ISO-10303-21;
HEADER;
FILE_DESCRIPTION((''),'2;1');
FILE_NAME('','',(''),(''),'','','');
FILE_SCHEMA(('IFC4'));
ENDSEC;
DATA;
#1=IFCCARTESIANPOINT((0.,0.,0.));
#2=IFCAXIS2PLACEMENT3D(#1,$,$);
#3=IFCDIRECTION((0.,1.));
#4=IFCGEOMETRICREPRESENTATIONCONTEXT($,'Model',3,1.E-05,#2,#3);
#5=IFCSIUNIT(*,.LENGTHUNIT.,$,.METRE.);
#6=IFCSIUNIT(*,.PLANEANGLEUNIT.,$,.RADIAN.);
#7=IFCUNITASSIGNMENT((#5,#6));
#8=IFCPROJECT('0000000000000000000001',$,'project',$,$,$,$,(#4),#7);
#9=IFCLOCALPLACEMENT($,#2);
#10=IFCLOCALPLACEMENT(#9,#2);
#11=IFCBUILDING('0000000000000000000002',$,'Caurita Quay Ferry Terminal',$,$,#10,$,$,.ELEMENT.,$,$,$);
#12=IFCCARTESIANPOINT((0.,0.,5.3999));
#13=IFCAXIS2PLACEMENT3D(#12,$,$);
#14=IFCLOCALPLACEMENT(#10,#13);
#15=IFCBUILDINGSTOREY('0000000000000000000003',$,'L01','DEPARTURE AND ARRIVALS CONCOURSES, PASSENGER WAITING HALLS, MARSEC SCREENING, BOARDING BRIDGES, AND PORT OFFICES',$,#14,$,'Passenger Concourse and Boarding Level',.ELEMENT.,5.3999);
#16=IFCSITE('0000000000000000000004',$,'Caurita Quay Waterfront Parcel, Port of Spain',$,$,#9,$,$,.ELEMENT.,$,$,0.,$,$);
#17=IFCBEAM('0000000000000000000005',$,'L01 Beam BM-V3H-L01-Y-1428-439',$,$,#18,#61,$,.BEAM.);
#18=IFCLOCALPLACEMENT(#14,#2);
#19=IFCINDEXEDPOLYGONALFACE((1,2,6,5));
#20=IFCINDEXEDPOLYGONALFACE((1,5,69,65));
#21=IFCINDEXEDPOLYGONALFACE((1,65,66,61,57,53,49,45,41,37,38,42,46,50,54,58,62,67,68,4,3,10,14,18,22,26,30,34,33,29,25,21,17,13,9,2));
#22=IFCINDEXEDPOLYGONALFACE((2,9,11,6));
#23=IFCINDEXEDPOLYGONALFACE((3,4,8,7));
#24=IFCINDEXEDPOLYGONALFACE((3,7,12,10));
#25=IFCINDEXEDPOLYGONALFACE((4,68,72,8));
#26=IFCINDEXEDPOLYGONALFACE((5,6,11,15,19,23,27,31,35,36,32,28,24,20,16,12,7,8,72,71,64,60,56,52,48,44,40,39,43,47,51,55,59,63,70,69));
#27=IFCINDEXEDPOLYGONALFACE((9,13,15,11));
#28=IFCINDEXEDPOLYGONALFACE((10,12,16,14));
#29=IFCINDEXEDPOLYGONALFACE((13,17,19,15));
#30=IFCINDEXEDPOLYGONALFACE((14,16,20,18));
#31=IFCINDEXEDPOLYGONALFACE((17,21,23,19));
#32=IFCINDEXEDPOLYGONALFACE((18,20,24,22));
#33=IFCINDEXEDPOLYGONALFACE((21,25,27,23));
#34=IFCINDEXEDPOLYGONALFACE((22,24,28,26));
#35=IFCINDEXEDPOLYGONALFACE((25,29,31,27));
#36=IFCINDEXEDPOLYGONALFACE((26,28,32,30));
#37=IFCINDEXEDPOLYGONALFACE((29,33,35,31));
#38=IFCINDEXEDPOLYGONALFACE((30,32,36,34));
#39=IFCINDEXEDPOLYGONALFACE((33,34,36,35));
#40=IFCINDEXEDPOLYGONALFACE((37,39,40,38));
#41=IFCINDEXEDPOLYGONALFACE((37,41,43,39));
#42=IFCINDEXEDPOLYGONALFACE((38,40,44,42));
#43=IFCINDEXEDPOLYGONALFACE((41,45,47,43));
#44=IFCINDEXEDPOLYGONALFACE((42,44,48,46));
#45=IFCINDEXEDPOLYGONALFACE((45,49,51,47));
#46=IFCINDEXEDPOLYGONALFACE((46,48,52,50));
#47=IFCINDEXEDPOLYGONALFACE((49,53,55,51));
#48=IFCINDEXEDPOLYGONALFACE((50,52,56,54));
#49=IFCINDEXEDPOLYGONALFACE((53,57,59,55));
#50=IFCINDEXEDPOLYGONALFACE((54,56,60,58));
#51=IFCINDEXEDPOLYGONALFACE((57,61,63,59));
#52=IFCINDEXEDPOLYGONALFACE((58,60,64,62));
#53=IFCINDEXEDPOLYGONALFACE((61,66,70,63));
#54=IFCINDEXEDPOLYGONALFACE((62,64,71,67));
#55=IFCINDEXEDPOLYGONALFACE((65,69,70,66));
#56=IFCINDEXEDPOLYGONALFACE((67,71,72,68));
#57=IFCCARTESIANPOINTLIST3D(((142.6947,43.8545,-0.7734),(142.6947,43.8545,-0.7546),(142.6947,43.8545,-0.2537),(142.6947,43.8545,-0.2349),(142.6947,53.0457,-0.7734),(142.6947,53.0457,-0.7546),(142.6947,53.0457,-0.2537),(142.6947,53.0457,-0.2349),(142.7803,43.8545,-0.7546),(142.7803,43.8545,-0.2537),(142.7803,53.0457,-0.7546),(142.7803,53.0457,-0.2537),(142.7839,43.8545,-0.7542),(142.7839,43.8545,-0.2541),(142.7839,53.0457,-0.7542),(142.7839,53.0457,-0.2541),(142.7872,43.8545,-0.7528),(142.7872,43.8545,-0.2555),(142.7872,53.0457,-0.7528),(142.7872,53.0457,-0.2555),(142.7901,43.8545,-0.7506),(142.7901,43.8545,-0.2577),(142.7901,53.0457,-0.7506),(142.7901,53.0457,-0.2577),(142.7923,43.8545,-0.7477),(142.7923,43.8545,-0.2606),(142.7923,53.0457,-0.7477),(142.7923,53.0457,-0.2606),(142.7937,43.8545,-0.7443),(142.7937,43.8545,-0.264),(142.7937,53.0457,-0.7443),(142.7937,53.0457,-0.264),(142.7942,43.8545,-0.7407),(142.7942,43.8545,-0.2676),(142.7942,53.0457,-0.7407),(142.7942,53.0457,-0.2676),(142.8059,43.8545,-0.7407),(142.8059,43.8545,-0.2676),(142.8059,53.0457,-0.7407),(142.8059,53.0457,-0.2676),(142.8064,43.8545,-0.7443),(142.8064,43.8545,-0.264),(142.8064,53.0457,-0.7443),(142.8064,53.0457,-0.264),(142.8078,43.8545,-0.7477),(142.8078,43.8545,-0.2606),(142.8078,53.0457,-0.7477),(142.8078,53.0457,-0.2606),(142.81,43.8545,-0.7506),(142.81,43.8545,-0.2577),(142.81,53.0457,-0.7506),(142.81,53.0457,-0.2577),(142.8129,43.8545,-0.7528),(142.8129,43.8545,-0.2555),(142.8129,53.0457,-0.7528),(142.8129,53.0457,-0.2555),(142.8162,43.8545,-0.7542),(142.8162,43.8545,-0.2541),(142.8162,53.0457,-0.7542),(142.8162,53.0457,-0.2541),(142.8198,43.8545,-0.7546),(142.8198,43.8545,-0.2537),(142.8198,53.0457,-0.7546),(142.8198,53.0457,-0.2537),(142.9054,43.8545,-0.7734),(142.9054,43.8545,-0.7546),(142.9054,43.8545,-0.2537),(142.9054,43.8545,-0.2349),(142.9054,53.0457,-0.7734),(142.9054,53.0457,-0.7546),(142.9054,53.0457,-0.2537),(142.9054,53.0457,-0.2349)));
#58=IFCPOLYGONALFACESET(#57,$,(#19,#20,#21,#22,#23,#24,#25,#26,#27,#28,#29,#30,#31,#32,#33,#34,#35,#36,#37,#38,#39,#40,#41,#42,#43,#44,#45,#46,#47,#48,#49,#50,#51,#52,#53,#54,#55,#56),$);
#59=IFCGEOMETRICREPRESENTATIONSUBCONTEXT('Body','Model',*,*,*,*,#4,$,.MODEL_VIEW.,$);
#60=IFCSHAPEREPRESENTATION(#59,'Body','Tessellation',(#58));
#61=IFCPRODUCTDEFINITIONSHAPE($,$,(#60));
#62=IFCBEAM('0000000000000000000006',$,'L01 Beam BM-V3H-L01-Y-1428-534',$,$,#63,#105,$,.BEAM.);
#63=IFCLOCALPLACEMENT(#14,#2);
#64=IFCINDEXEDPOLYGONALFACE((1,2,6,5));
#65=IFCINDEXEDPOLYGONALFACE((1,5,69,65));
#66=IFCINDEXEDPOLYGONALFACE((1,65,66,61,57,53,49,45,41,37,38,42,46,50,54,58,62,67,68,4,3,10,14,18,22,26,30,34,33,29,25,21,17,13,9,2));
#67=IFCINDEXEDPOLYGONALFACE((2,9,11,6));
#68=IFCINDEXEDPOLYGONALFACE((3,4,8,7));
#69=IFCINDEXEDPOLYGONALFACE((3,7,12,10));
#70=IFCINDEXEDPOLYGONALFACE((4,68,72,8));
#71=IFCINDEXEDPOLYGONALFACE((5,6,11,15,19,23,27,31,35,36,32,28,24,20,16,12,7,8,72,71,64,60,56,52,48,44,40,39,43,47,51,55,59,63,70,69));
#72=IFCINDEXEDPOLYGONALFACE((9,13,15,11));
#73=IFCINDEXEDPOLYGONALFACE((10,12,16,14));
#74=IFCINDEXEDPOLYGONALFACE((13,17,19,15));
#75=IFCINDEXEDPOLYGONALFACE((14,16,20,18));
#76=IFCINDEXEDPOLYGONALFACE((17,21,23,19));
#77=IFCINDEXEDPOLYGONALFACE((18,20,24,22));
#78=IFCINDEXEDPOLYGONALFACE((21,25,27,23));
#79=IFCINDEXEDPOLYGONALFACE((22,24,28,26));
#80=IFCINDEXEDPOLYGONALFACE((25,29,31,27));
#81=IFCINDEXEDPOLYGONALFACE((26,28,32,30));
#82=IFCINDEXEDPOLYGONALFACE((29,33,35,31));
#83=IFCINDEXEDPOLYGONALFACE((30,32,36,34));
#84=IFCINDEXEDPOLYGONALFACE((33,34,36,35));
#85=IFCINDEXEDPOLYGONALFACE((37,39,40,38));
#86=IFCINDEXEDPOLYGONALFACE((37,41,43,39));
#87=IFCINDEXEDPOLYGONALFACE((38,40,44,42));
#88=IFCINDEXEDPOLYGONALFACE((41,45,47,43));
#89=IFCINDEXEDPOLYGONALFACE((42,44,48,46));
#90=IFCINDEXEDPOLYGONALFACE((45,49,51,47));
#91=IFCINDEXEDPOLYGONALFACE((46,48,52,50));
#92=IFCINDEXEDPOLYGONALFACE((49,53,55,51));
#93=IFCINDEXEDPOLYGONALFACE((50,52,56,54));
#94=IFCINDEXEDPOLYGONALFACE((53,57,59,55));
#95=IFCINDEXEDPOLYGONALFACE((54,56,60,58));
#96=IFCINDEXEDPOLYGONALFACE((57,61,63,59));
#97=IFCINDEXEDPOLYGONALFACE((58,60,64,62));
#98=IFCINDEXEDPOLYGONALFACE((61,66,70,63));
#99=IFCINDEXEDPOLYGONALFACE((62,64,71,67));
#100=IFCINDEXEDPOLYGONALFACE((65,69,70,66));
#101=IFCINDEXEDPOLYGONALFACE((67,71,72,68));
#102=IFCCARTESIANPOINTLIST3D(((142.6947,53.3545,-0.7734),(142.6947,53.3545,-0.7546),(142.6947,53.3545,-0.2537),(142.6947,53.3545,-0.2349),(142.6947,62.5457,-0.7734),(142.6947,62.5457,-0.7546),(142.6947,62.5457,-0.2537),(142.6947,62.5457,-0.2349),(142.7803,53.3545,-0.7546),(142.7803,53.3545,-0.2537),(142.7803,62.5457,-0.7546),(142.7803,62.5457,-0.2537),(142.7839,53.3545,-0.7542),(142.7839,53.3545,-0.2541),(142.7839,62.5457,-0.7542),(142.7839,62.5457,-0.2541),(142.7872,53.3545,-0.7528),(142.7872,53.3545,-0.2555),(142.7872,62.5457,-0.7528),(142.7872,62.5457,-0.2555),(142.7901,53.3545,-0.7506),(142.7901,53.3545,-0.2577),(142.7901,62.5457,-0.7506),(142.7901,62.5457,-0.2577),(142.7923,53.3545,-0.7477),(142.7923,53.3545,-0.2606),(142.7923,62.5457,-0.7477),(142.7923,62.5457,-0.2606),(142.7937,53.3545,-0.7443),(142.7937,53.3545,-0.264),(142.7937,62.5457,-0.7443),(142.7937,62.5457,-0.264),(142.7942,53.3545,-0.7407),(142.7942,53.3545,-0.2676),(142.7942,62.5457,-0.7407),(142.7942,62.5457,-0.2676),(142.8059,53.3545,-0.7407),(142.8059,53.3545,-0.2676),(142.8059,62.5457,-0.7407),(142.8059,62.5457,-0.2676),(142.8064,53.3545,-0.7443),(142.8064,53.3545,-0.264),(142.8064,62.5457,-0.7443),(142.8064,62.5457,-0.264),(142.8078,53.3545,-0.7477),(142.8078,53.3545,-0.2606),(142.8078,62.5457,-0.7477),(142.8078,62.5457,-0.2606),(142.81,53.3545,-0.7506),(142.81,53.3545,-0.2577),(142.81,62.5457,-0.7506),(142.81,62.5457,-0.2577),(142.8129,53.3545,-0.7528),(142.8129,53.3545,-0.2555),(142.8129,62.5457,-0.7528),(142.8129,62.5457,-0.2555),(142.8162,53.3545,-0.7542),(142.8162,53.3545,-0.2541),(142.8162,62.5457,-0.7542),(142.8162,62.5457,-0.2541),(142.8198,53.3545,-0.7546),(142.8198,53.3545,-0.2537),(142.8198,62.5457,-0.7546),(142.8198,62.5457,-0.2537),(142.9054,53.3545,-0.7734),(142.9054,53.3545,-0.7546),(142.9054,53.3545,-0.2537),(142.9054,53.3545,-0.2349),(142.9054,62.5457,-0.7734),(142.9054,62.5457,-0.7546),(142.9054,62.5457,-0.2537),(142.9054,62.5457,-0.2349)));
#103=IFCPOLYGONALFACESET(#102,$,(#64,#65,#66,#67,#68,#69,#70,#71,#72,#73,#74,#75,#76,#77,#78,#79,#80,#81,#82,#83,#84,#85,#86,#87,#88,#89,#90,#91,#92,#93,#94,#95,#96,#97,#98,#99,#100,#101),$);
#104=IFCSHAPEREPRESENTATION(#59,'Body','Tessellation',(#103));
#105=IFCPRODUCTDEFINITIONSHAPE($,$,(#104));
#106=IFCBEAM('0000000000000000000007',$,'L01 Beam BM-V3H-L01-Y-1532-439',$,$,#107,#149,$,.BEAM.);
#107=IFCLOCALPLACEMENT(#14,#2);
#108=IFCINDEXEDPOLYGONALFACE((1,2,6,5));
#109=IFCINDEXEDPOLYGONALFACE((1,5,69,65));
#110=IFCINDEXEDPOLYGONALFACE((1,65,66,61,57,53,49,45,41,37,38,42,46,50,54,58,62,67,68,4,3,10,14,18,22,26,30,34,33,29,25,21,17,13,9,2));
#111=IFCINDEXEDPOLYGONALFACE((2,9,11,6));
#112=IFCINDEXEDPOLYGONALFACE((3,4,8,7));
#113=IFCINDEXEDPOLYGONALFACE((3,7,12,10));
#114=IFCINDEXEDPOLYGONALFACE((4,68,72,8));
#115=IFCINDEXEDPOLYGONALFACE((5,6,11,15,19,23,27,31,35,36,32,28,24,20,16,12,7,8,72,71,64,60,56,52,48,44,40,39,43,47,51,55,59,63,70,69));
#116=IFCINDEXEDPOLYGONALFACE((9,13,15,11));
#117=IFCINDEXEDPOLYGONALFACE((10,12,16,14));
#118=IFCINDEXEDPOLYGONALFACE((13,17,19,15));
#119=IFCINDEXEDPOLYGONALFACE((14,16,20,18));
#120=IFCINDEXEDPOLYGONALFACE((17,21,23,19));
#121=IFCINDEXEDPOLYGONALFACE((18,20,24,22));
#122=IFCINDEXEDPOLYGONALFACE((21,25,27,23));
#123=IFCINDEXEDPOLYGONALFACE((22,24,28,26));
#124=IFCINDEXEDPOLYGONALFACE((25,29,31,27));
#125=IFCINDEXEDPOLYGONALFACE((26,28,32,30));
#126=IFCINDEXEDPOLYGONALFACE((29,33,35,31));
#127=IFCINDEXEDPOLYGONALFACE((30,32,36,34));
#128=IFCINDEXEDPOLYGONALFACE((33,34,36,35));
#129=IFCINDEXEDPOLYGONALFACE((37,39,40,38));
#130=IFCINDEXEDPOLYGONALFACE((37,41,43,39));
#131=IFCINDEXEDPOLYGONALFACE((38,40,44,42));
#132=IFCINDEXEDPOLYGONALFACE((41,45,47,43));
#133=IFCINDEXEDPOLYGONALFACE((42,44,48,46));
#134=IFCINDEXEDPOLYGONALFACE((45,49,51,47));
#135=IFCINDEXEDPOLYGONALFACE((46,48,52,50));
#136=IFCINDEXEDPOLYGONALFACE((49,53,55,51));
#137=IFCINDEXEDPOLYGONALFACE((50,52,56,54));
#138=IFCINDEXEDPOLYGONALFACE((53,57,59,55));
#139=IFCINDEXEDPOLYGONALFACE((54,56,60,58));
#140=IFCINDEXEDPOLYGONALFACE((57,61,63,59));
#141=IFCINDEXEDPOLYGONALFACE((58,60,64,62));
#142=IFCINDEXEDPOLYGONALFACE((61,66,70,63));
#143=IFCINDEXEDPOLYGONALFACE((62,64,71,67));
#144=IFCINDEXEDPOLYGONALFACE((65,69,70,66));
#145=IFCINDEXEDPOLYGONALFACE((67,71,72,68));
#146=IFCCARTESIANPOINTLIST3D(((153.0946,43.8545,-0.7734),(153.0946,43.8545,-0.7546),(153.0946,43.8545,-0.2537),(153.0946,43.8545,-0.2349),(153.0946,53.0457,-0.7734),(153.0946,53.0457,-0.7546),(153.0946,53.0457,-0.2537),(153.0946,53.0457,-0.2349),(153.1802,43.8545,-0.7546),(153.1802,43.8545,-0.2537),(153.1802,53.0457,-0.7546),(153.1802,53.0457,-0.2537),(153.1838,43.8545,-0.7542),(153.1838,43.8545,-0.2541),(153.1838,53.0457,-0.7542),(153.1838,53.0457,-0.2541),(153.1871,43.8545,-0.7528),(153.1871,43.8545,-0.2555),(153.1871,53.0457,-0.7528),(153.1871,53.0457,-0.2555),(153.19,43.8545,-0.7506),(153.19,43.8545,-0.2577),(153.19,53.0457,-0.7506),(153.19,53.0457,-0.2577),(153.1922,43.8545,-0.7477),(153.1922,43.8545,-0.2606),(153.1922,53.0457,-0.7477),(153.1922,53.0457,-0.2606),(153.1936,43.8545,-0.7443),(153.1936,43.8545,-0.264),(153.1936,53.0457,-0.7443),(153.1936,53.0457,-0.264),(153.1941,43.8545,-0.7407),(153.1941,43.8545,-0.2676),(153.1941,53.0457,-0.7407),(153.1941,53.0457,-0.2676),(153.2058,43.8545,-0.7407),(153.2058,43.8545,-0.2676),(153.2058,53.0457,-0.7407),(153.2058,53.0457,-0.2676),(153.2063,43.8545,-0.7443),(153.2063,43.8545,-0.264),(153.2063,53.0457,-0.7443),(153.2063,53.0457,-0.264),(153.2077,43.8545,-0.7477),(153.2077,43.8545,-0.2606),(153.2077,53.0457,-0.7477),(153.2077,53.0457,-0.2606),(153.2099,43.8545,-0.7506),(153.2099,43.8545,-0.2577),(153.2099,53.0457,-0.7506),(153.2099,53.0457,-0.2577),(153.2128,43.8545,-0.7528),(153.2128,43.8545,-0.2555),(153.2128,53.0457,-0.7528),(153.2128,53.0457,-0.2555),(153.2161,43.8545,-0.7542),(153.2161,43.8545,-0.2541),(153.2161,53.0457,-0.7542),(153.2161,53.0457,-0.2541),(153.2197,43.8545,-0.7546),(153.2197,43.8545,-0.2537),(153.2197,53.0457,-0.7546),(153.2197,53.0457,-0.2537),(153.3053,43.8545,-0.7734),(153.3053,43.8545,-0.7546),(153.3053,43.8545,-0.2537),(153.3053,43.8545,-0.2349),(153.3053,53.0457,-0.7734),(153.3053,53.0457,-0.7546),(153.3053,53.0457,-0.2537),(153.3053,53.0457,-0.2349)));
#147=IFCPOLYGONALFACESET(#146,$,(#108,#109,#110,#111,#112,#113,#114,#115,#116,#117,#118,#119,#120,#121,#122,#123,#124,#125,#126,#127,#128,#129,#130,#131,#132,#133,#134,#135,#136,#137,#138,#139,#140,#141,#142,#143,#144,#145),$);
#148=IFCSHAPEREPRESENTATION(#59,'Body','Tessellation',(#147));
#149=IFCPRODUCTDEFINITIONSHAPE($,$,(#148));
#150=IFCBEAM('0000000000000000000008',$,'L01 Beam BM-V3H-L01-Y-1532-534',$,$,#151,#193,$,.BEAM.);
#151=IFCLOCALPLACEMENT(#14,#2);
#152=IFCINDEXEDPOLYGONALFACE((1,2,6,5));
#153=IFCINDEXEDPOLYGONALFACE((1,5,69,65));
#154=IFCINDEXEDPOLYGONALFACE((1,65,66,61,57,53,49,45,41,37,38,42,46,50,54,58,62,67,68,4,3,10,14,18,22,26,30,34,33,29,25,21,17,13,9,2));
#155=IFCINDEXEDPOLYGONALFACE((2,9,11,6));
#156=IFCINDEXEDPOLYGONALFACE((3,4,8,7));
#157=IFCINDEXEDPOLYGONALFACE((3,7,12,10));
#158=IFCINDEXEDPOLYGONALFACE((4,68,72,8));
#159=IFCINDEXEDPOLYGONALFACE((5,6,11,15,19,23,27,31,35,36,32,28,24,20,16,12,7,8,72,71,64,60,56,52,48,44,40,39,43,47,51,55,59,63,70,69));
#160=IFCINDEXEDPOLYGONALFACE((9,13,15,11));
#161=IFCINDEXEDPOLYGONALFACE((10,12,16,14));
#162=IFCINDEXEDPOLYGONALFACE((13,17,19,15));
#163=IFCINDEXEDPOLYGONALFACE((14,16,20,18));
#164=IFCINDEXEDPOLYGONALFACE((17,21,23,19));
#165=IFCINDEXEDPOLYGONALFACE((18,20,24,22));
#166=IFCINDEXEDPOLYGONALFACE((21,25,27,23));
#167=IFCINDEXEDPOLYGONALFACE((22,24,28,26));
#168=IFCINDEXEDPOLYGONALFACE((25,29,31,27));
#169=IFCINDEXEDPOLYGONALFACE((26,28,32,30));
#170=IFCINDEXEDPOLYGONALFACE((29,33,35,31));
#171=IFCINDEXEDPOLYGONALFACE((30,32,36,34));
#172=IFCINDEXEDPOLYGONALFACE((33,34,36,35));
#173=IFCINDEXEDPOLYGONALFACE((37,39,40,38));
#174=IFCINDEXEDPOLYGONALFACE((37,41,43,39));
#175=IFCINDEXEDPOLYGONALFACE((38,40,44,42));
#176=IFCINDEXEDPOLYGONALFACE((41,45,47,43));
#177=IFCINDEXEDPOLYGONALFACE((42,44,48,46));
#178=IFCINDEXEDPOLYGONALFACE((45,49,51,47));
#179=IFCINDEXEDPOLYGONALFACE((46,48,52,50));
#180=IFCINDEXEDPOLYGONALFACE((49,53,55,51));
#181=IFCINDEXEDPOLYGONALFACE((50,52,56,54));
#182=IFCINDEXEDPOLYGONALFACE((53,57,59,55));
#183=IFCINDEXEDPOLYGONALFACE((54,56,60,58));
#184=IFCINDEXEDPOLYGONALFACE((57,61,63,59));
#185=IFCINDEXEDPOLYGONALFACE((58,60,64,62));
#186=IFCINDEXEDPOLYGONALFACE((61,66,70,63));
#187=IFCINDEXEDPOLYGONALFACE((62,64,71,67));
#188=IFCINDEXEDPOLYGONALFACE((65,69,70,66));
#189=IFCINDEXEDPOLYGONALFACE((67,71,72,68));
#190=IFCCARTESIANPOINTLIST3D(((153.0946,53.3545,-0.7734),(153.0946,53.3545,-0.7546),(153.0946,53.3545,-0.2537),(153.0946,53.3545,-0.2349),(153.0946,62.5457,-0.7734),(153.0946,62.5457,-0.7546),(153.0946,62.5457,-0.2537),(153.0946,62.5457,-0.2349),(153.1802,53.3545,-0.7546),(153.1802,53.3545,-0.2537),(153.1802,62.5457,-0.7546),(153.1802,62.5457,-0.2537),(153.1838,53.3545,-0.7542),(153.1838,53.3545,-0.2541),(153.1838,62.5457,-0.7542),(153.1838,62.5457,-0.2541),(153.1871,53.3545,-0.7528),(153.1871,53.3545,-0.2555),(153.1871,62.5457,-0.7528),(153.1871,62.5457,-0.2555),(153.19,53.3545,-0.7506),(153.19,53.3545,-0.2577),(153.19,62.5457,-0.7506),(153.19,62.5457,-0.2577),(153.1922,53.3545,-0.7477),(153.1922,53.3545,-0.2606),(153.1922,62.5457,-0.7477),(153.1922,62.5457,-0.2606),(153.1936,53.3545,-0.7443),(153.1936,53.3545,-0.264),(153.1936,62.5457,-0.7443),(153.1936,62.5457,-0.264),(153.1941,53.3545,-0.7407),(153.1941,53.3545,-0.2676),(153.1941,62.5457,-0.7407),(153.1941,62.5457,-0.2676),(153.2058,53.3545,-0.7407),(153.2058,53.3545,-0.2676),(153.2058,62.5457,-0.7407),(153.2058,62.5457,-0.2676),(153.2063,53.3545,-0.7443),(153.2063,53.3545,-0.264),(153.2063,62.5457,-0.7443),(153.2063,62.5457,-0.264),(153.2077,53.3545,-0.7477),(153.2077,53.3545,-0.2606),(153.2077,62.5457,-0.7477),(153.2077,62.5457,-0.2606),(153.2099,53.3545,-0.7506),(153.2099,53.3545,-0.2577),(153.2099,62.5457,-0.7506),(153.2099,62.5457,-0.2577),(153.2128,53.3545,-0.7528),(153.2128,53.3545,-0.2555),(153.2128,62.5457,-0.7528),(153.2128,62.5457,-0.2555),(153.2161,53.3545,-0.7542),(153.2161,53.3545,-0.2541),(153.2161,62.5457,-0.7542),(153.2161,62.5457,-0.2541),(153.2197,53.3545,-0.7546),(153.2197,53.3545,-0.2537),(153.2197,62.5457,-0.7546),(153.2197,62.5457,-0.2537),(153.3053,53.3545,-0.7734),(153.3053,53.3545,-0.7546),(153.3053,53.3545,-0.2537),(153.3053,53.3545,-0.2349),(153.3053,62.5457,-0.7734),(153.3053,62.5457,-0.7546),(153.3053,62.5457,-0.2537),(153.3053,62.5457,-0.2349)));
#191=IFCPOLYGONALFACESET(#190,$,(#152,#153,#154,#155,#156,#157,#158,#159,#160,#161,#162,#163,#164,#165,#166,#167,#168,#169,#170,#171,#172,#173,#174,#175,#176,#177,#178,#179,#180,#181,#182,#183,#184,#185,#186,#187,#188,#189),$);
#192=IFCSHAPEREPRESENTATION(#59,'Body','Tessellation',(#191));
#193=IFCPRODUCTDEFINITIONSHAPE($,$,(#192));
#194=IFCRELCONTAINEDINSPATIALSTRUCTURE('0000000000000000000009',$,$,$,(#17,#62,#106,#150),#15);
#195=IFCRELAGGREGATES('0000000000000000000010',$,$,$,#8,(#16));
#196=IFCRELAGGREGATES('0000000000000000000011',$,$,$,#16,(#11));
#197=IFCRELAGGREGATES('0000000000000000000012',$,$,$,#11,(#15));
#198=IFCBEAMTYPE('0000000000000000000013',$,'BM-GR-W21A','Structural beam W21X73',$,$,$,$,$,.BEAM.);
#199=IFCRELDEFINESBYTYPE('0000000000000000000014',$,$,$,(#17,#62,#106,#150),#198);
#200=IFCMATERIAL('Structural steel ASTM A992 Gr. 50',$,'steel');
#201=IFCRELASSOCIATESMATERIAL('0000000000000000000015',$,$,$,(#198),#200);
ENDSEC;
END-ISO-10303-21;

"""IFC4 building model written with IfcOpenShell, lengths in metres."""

from ifc_helpers import new_model, si_unit, direction, frame, origin, origin_2d, place, context, subcontext, project, spatial, i_section, extrude, material, material_profile, profile_set, type_object, element, save


model = new_model("IFC4")

# Units and contexts
model_context = context("Model", 3, precision=1e-05, world=origin(), true_north=direction((0.0, 1.0)))
body_context = subcontext(model_context, "Body", "Model", "MODEL_VIEW")
ifc_project = project(units=[si_unit("LENGTHUNIT", "METRE"), si_unit("PLANEANGLEUNIT", "RADIAN")], contexts=[model_context])

# Site, building, storey
site_placement = place(None, origin())
site = spatial("IfcSite", under=ifc_project, at=site_placement, Name="Caurita Quay Waterfront Parcel, Port of Spain", CompositionType="ELEMENT", RefElevation=0.0)
building_placement = place(site_placement, origin())
building = spatial("IfcBuilding", under=site, at=building_placement, Name="Caurita Quay Ferry Terminal", CompositionType="ELEMENT")
storey_placement = place(building_placement, frame((0.0, 0.0, 5.3999)))
storey = spatial("IfcBuildingStorey", under=building, at=storey_placement, Name="L01", Description="DEPARTURE AND ARRIVALS CONCOURSES, PASSENGER WAITING HALLS, MARSEC SCREENING, BOARDING BRIDGES, AND PORT OFFICES", LongName="Passenger Concourse and Boarding Level", CompositionType="ELEMENT", Elevation=5.3999)

# Shared definitions
ifc_material_1 = material(Name="Structural steel ASTM A992 Gr. 50", Category="steel")

# Beams
ifc_material_profile_1 = material_profile(ifc_material_1, i_section(OverallWidth=0.2107, OverallDepth=0.5386, WebThickness=0.0117, FlangeThickness=0.0188, FilletRadius=0.0139, at=origin_2d()), Name="W21X73")
ifc_profile_set_1 = profile_set([ifc_material_profile_1], Name="Structural steel ASTM A992 Gr. 50")
beam_type_1 = type_object("IfcBeamType", Name="BM-GR-W21A", Description="Structural beam W21X73", PredefinedType="BEAM", material=ifc_profile_set_1)
for number, where, z_axis, x_axis, name in (
    (1, (142.8, 43.8545, -0.5042), (0.0, 1.0, 0.0), (-1.0, 0.0, 0.0), "L01 Beam BM-V3H-L01-Y-1428-439"),
    (2, (142.8, 53.3545, -0.5042), (0.0, 1.0, 0.0), (-1.0, 0.0, 0.0), "L01 Beam BM-V3H-L01-Y-1428-534"),
    (3, (153.2, 43.8545, -0.5042), (0.0, 1.0, 0.0), (-1.0, 0.0, 0.0), "L01 Beam BM-V3H-L01-Y-1532-439"),
    (4, (153.2, 53.3545, -0.5042), (0.0, 1.0, 0.0), (-1.0, 0.0, 0.0), "L01 Beam BM-V3H-L01-Y-1532-534"),
):
    element("IfcBeam", number, at=place(storey_placement, frame(where, z_axis=z_axis, x_axis=x_axis)), inside=storey, type_object=beam_type_1, Name=name, PredefinedType="BEAM", context=body_context, shape_type="SweptSolid", body=[
        extrude(i_section(OverallWidth=0.2107, OverallDepth=0.5386, WebThickness=0.0117, FlangeThickness=0.0188, FilletRadius=0.0139, at=origin_2d()), origin(), (0.0, 0.0, 1.0), 9.1912),
    ])

save(model, "model.ifc")
